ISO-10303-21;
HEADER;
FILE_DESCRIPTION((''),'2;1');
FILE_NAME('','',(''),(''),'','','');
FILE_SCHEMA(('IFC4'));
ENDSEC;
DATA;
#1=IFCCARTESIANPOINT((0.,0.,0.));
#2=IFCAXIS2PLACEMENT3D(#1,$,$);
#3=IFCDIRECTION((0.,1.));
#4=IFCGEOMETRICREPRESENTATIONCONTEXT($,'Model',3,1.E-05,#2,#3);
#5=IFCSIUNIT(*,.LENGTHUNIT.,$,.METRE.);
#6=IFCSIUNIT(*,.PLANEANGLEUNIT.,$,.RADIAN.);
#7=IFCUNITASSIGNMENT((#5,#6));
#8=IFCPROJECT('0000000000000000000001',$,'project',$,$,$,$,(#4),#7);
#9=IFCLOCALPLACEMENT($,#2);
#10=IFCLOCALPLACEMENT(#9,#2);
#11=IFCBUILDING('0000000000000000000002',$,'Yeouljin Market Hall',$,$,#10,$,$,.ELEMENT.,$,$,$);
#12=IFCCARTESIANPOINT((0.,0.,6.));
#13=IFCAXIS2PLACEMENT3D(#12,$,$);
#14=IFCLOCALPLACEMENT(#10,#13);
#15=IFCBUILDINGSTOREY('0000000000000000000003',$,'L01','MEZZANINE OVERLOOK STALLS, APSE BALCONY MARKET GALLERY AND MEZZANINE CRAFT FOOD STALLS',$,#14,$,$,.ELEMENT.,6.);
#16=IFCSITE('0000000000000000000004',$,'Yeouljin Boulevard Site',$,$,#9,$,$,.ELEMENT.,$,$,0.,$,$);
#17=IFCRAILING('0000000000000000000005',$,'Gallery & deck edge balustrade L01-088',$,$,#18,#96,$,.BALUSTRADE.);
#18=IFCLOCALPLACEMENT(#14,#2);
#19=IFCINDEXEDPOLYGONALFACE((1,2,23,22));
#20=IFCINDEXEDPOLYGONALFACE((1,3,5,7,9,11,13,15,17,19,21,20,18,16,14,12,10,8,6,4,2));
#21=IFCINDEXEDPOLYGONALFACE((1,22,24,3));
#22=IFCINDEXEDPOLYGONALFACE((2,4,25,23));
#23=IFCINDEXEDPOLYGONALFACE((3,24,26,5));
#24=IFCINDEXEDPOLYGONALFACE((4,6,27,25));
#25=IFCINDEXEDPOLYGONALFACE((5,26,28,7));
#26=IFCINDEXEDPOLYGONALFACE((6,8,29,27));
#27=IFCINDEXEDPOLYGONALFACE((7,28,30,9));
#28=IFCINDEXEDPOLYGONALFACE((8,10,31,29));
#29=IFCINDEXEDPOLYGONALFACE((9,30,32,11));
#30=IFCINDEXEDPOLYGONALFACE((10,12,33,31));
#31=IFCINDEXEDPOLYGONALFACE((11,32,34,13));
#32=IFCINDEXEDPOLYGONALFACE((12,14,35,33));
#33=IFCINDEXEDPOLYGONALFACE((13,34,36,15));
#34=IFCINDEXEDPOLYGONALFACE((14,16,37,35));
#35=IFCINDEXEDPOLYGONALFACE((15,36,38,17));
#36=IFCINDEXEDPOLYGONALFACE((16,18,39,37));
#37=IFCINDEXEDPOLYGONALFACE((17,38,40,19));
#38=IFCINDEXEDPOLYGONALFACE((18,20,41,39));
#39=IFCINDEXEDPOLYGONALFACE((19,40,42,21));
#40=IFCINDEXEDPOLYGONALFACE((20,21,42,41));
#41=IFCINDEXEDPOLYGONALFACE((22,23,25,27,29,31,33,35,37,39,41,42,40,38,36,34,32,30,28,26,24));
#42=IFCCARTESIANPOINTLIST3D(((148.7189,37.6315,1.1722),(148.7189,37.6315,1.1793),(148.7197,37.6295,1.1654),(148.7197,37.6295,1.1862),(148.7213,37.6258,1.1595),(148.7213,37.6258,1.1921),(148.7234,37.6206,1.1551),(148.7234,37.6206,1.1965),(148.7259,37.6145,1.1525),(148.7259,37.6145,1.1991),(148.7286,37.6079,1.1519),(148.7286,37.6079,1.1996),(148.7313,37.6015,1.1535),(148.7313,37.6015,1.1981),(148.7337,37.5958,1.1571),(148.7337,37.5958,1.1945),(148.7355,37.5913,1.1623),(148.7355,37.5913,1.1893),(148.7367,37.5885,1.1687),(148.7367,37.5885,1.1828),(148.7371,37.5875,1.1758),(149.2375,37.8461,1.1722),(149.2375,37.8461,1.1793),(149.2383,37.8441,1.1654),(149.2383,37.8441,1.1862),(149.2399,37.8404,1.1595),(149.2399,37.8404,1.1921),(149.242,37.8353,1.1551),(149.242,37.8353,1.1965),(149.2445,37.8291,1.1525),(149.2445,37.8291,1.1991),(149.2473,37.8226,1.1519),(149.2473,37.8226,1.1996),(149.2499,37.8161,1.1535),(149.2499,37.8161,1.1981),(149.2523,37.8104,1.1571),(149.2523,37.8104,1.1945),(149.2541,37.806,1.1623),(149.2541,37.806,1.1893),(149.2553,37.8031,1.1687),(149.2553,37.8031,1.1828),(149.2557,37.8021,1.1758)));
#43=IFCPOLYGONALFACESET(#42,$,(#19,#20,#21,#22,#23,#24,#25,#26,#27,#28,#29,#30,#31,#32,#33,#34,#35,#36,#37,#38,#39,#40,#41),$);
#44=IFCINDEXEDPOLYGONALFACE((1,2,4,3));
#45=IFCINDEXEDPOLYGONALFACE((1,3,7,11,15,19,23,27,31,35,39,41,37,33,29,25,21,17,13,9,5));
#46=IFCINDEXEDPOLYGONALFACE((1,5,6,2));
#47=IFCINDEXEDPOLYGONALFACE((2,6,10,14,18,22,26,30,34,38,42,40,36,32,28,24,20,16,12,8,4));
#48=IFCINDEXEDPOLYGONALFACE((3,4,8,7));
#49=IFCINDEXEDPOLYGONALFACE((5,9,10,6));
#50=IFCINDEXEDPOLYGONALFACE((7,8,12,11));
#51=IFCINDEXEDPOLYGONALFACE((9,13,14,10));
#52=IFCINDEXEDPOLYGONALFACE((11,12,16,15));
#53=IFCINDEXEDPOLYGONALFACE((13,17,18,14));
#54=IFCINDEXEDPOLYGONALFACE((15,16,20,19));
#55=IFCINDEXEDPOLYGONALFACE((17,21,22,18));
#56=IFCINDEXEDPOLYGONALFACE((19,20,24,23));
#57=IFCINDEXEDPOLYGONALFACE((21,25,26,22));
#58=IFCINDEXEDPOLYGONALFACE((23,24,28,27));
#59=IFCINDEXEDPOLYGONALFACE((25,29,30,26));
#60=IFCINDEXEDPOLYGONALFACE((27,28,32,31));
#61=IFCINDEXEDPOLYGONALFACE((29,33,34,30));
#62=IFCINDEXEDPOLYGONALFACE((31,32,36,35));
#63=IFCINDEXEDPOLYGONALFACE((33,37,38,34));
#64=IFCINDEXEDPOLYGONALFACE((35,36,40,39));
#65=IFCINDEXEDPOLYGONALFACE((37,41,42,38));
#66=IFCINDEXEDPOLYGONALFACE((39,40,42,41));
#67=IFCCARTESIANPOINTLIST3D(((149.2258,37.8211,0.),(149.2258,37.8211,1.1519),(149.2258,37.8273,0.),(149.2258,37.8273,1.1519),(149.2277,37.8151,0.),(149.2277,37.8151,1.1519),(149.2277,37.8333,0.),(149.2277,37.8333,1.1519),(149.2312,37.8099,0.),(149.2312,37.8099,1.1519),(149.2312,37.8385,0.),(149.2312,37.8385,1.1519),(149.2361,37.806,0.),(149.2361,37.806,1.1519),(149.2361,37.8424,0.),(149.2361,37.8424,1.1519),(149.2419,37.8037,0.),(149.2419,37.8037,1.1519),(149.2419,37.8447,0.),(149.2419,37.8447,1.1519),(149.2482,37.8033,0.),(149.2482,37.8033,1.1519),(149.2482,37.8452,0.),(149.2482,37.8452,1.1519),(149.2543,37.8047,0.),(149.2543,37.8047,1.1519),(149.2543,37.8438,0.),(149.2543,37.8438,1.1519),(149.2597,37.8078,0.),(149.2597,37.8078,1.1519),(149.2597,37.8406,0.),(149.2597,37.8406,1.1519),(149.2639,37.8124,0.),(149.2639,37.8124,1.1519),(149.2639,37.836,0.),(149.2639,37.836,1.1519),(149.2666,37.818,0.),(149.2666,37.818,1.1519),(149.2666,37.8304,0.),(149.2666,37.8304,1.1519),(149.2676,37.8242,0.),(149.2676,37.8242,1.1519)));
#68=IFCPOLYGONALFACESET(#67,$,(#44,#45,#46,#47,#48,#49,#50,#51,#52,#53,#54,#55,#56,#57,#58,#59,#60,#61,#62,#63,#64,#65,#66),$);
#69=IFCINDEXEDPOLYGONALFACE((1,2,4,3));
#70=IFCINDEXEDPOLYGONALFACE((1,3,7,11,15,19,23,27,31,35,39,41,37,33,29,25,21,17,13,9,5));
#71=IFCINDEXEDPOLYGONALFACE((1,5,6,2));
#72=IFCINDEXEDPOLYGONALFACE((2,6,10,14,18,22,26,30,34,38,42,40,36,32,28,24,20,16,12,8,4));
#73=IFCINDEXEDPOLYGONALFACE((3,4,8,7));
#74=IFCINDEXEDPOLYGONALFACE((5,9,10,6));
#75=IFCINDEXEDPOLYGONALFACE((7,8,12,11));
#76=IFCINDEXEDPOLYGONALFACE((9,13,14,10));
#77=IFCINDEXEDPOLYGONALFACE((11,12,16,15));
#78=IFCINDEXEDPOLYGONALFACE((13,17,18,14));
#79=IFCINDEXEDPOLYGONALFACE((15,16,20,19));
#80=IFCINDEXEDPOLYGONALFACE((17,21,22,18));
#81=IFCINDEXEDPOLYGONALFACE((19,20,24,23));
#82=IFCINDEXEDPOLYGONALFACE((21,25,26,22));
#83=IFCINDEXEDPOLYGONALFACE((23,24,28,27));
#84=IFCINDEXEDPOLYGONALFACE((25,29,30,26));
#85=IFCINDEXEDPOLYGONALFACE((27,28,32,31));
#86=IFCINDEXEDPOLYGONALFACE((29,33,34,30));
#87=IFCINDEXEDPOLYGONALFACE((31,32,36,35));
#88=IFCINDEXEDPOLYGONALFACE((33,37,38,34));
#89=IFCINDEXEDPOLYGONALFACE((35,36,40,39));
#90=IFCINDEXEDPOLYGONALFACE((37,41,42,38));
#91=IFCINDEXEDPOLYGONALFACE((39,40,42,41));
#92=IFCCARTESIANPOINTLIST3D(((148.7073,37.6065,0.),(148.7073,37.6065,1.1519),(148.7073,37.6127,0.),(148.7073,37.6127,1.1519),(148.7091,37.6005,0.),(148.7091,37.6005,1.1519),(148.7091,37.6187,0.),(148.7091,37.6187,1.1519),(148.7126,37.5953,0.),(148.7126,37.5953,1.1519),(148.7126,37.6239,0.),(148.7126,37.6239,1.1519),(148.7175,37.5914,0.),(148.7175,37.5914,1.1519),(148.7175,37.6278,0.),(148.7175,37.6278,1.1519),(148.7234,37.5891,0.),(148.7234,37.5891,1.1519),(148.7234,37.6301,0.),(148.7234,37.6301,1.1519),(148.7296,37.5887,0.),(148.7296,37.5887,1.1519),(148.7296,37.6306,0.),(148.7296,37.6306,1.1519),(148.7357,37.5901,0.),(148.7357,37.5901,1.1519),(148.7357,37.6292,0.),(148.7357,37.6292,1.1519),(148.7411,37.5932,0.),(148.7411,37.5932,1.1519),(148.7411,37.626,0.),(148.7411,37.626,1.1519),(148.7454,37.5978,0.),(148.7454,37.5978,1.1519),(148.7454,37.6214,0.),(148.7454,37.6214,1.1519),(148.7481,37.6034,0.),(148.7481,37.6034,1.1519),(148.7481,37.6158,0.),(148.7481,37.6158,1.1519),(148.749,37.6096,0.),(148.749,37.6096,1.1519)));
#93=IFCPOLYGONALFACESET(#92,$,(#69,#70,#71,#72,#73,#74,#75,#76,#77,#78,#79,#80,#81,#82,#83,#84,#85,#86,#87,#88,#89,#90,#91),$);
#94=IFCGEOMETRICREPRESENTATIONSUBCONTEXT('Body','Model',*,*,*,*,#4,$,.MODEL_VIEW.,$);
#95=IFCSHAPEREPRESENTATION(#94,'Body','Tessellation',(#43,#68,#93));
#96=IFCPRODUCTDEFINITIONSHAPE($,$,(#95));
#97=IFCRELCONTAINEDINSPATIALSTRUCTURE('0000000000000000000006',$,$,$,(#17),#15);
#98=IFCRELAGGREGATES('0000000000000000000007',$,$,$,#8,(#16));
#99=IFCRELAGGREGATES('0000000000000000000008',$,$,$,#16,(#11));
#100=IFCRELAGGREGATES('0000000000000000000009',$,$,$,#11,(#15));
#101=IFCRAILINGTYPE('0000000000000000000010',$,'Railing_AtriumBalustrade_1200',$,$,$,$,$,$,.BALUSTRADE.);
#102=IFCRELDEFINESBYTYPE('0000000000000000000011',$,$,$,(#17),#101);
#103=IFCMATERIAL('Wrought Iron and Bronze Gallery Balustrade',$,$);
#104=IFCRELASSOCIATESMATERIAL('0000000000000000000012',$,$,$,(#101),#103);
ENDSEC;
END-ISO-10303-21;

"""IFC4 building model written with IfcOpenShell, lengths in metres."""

from ifc_helpers import new_model, si_unit, direction, frame, origin, origin_2d, place, context, subcontext, project, spatial, circle, extrude, material, type_object, element, save


model = new_model("IFC4")

# Units and contexts
model_context = context("Model", 3, precision=1e-05, world=origin(), true_north=direction((0.0, 1.0)))
body_context = subcontext(model_context, "Body", "Model", "MODEL_VIEW")
ifc_project = project(units=[si_unit("LENGTHUNIT", "METRE"), si_unit("PLANEANGLEUNIT", "RADIAN")], contexts=[model_context])

# Site, building, storey
site_placement = place(None, origin())
site = spatial("IfcSite", under=ifc_project, at=site_placement, Name="Yeouljin Boulevard Site", CompositionType="ELEMENT", RefElevation=0.0)
building_placement = place(site_placement, origin())
building = spatial("IfcBuilding", under=site, at=building_placement, Name="Yeouljin Market Hall", CompositionType="ELEMENT")
storey_placement = place(building_placement, frame((0.0, 0.0, 6.0)))
storey = spatial("IfcBuildingStorey", under=building, at=storey_placement, Name="L01", Description="MEZZANINE OVERLOOK STALLS, APSE BALCONY MARKET GALLERY AND MEZZANINE CRAFT FOOD STALLS", CompositionType="ELEMENT", Elevation=6.0)

# Railing
ifc_material_1 = material(Name="Wrought Iron and Bronze Gallery Balustrade")
railing_type = type_object("IfcRailingType", Name="Railing_AtriumBalustrade_1200", PredefinedType="BALUSTRADE", material=ifc_material_1)
railing_placement = place(storey_placement, frame((149.2466, 37.8242, 0.0)))
element("IfcRailing", 1, at=railing_placement, inside=storey, type_object=railing_type, Name="Gallery & deck edge balustrade L01-088", PredefinedType="BALUSTRADE", context=body_context, shape_type="SweptSolid", body=[
    extrude(circle(Radius=0.0239, at=origin_2d()), frame((0.0, 0.0, 1.1758), z_axis=(-0.924001, -0.38239, 0.0), x_axis=(0.38239, -0.924001, 0.0)), (0.0, 0.0, 1.0), 0.5613),
    extrude(circle(Radius=0.021, at=origin_2d()), origin(), (0.0, 0.0, 1.0), 1.1519),
    extrude(circle(Radius=0.021, at=origin_2d()), frame((-0.5186, -0.2146, 0.0)), (0.0, 0.0, 1.0), 1.1519),
])

save(model, "model.ifc")
